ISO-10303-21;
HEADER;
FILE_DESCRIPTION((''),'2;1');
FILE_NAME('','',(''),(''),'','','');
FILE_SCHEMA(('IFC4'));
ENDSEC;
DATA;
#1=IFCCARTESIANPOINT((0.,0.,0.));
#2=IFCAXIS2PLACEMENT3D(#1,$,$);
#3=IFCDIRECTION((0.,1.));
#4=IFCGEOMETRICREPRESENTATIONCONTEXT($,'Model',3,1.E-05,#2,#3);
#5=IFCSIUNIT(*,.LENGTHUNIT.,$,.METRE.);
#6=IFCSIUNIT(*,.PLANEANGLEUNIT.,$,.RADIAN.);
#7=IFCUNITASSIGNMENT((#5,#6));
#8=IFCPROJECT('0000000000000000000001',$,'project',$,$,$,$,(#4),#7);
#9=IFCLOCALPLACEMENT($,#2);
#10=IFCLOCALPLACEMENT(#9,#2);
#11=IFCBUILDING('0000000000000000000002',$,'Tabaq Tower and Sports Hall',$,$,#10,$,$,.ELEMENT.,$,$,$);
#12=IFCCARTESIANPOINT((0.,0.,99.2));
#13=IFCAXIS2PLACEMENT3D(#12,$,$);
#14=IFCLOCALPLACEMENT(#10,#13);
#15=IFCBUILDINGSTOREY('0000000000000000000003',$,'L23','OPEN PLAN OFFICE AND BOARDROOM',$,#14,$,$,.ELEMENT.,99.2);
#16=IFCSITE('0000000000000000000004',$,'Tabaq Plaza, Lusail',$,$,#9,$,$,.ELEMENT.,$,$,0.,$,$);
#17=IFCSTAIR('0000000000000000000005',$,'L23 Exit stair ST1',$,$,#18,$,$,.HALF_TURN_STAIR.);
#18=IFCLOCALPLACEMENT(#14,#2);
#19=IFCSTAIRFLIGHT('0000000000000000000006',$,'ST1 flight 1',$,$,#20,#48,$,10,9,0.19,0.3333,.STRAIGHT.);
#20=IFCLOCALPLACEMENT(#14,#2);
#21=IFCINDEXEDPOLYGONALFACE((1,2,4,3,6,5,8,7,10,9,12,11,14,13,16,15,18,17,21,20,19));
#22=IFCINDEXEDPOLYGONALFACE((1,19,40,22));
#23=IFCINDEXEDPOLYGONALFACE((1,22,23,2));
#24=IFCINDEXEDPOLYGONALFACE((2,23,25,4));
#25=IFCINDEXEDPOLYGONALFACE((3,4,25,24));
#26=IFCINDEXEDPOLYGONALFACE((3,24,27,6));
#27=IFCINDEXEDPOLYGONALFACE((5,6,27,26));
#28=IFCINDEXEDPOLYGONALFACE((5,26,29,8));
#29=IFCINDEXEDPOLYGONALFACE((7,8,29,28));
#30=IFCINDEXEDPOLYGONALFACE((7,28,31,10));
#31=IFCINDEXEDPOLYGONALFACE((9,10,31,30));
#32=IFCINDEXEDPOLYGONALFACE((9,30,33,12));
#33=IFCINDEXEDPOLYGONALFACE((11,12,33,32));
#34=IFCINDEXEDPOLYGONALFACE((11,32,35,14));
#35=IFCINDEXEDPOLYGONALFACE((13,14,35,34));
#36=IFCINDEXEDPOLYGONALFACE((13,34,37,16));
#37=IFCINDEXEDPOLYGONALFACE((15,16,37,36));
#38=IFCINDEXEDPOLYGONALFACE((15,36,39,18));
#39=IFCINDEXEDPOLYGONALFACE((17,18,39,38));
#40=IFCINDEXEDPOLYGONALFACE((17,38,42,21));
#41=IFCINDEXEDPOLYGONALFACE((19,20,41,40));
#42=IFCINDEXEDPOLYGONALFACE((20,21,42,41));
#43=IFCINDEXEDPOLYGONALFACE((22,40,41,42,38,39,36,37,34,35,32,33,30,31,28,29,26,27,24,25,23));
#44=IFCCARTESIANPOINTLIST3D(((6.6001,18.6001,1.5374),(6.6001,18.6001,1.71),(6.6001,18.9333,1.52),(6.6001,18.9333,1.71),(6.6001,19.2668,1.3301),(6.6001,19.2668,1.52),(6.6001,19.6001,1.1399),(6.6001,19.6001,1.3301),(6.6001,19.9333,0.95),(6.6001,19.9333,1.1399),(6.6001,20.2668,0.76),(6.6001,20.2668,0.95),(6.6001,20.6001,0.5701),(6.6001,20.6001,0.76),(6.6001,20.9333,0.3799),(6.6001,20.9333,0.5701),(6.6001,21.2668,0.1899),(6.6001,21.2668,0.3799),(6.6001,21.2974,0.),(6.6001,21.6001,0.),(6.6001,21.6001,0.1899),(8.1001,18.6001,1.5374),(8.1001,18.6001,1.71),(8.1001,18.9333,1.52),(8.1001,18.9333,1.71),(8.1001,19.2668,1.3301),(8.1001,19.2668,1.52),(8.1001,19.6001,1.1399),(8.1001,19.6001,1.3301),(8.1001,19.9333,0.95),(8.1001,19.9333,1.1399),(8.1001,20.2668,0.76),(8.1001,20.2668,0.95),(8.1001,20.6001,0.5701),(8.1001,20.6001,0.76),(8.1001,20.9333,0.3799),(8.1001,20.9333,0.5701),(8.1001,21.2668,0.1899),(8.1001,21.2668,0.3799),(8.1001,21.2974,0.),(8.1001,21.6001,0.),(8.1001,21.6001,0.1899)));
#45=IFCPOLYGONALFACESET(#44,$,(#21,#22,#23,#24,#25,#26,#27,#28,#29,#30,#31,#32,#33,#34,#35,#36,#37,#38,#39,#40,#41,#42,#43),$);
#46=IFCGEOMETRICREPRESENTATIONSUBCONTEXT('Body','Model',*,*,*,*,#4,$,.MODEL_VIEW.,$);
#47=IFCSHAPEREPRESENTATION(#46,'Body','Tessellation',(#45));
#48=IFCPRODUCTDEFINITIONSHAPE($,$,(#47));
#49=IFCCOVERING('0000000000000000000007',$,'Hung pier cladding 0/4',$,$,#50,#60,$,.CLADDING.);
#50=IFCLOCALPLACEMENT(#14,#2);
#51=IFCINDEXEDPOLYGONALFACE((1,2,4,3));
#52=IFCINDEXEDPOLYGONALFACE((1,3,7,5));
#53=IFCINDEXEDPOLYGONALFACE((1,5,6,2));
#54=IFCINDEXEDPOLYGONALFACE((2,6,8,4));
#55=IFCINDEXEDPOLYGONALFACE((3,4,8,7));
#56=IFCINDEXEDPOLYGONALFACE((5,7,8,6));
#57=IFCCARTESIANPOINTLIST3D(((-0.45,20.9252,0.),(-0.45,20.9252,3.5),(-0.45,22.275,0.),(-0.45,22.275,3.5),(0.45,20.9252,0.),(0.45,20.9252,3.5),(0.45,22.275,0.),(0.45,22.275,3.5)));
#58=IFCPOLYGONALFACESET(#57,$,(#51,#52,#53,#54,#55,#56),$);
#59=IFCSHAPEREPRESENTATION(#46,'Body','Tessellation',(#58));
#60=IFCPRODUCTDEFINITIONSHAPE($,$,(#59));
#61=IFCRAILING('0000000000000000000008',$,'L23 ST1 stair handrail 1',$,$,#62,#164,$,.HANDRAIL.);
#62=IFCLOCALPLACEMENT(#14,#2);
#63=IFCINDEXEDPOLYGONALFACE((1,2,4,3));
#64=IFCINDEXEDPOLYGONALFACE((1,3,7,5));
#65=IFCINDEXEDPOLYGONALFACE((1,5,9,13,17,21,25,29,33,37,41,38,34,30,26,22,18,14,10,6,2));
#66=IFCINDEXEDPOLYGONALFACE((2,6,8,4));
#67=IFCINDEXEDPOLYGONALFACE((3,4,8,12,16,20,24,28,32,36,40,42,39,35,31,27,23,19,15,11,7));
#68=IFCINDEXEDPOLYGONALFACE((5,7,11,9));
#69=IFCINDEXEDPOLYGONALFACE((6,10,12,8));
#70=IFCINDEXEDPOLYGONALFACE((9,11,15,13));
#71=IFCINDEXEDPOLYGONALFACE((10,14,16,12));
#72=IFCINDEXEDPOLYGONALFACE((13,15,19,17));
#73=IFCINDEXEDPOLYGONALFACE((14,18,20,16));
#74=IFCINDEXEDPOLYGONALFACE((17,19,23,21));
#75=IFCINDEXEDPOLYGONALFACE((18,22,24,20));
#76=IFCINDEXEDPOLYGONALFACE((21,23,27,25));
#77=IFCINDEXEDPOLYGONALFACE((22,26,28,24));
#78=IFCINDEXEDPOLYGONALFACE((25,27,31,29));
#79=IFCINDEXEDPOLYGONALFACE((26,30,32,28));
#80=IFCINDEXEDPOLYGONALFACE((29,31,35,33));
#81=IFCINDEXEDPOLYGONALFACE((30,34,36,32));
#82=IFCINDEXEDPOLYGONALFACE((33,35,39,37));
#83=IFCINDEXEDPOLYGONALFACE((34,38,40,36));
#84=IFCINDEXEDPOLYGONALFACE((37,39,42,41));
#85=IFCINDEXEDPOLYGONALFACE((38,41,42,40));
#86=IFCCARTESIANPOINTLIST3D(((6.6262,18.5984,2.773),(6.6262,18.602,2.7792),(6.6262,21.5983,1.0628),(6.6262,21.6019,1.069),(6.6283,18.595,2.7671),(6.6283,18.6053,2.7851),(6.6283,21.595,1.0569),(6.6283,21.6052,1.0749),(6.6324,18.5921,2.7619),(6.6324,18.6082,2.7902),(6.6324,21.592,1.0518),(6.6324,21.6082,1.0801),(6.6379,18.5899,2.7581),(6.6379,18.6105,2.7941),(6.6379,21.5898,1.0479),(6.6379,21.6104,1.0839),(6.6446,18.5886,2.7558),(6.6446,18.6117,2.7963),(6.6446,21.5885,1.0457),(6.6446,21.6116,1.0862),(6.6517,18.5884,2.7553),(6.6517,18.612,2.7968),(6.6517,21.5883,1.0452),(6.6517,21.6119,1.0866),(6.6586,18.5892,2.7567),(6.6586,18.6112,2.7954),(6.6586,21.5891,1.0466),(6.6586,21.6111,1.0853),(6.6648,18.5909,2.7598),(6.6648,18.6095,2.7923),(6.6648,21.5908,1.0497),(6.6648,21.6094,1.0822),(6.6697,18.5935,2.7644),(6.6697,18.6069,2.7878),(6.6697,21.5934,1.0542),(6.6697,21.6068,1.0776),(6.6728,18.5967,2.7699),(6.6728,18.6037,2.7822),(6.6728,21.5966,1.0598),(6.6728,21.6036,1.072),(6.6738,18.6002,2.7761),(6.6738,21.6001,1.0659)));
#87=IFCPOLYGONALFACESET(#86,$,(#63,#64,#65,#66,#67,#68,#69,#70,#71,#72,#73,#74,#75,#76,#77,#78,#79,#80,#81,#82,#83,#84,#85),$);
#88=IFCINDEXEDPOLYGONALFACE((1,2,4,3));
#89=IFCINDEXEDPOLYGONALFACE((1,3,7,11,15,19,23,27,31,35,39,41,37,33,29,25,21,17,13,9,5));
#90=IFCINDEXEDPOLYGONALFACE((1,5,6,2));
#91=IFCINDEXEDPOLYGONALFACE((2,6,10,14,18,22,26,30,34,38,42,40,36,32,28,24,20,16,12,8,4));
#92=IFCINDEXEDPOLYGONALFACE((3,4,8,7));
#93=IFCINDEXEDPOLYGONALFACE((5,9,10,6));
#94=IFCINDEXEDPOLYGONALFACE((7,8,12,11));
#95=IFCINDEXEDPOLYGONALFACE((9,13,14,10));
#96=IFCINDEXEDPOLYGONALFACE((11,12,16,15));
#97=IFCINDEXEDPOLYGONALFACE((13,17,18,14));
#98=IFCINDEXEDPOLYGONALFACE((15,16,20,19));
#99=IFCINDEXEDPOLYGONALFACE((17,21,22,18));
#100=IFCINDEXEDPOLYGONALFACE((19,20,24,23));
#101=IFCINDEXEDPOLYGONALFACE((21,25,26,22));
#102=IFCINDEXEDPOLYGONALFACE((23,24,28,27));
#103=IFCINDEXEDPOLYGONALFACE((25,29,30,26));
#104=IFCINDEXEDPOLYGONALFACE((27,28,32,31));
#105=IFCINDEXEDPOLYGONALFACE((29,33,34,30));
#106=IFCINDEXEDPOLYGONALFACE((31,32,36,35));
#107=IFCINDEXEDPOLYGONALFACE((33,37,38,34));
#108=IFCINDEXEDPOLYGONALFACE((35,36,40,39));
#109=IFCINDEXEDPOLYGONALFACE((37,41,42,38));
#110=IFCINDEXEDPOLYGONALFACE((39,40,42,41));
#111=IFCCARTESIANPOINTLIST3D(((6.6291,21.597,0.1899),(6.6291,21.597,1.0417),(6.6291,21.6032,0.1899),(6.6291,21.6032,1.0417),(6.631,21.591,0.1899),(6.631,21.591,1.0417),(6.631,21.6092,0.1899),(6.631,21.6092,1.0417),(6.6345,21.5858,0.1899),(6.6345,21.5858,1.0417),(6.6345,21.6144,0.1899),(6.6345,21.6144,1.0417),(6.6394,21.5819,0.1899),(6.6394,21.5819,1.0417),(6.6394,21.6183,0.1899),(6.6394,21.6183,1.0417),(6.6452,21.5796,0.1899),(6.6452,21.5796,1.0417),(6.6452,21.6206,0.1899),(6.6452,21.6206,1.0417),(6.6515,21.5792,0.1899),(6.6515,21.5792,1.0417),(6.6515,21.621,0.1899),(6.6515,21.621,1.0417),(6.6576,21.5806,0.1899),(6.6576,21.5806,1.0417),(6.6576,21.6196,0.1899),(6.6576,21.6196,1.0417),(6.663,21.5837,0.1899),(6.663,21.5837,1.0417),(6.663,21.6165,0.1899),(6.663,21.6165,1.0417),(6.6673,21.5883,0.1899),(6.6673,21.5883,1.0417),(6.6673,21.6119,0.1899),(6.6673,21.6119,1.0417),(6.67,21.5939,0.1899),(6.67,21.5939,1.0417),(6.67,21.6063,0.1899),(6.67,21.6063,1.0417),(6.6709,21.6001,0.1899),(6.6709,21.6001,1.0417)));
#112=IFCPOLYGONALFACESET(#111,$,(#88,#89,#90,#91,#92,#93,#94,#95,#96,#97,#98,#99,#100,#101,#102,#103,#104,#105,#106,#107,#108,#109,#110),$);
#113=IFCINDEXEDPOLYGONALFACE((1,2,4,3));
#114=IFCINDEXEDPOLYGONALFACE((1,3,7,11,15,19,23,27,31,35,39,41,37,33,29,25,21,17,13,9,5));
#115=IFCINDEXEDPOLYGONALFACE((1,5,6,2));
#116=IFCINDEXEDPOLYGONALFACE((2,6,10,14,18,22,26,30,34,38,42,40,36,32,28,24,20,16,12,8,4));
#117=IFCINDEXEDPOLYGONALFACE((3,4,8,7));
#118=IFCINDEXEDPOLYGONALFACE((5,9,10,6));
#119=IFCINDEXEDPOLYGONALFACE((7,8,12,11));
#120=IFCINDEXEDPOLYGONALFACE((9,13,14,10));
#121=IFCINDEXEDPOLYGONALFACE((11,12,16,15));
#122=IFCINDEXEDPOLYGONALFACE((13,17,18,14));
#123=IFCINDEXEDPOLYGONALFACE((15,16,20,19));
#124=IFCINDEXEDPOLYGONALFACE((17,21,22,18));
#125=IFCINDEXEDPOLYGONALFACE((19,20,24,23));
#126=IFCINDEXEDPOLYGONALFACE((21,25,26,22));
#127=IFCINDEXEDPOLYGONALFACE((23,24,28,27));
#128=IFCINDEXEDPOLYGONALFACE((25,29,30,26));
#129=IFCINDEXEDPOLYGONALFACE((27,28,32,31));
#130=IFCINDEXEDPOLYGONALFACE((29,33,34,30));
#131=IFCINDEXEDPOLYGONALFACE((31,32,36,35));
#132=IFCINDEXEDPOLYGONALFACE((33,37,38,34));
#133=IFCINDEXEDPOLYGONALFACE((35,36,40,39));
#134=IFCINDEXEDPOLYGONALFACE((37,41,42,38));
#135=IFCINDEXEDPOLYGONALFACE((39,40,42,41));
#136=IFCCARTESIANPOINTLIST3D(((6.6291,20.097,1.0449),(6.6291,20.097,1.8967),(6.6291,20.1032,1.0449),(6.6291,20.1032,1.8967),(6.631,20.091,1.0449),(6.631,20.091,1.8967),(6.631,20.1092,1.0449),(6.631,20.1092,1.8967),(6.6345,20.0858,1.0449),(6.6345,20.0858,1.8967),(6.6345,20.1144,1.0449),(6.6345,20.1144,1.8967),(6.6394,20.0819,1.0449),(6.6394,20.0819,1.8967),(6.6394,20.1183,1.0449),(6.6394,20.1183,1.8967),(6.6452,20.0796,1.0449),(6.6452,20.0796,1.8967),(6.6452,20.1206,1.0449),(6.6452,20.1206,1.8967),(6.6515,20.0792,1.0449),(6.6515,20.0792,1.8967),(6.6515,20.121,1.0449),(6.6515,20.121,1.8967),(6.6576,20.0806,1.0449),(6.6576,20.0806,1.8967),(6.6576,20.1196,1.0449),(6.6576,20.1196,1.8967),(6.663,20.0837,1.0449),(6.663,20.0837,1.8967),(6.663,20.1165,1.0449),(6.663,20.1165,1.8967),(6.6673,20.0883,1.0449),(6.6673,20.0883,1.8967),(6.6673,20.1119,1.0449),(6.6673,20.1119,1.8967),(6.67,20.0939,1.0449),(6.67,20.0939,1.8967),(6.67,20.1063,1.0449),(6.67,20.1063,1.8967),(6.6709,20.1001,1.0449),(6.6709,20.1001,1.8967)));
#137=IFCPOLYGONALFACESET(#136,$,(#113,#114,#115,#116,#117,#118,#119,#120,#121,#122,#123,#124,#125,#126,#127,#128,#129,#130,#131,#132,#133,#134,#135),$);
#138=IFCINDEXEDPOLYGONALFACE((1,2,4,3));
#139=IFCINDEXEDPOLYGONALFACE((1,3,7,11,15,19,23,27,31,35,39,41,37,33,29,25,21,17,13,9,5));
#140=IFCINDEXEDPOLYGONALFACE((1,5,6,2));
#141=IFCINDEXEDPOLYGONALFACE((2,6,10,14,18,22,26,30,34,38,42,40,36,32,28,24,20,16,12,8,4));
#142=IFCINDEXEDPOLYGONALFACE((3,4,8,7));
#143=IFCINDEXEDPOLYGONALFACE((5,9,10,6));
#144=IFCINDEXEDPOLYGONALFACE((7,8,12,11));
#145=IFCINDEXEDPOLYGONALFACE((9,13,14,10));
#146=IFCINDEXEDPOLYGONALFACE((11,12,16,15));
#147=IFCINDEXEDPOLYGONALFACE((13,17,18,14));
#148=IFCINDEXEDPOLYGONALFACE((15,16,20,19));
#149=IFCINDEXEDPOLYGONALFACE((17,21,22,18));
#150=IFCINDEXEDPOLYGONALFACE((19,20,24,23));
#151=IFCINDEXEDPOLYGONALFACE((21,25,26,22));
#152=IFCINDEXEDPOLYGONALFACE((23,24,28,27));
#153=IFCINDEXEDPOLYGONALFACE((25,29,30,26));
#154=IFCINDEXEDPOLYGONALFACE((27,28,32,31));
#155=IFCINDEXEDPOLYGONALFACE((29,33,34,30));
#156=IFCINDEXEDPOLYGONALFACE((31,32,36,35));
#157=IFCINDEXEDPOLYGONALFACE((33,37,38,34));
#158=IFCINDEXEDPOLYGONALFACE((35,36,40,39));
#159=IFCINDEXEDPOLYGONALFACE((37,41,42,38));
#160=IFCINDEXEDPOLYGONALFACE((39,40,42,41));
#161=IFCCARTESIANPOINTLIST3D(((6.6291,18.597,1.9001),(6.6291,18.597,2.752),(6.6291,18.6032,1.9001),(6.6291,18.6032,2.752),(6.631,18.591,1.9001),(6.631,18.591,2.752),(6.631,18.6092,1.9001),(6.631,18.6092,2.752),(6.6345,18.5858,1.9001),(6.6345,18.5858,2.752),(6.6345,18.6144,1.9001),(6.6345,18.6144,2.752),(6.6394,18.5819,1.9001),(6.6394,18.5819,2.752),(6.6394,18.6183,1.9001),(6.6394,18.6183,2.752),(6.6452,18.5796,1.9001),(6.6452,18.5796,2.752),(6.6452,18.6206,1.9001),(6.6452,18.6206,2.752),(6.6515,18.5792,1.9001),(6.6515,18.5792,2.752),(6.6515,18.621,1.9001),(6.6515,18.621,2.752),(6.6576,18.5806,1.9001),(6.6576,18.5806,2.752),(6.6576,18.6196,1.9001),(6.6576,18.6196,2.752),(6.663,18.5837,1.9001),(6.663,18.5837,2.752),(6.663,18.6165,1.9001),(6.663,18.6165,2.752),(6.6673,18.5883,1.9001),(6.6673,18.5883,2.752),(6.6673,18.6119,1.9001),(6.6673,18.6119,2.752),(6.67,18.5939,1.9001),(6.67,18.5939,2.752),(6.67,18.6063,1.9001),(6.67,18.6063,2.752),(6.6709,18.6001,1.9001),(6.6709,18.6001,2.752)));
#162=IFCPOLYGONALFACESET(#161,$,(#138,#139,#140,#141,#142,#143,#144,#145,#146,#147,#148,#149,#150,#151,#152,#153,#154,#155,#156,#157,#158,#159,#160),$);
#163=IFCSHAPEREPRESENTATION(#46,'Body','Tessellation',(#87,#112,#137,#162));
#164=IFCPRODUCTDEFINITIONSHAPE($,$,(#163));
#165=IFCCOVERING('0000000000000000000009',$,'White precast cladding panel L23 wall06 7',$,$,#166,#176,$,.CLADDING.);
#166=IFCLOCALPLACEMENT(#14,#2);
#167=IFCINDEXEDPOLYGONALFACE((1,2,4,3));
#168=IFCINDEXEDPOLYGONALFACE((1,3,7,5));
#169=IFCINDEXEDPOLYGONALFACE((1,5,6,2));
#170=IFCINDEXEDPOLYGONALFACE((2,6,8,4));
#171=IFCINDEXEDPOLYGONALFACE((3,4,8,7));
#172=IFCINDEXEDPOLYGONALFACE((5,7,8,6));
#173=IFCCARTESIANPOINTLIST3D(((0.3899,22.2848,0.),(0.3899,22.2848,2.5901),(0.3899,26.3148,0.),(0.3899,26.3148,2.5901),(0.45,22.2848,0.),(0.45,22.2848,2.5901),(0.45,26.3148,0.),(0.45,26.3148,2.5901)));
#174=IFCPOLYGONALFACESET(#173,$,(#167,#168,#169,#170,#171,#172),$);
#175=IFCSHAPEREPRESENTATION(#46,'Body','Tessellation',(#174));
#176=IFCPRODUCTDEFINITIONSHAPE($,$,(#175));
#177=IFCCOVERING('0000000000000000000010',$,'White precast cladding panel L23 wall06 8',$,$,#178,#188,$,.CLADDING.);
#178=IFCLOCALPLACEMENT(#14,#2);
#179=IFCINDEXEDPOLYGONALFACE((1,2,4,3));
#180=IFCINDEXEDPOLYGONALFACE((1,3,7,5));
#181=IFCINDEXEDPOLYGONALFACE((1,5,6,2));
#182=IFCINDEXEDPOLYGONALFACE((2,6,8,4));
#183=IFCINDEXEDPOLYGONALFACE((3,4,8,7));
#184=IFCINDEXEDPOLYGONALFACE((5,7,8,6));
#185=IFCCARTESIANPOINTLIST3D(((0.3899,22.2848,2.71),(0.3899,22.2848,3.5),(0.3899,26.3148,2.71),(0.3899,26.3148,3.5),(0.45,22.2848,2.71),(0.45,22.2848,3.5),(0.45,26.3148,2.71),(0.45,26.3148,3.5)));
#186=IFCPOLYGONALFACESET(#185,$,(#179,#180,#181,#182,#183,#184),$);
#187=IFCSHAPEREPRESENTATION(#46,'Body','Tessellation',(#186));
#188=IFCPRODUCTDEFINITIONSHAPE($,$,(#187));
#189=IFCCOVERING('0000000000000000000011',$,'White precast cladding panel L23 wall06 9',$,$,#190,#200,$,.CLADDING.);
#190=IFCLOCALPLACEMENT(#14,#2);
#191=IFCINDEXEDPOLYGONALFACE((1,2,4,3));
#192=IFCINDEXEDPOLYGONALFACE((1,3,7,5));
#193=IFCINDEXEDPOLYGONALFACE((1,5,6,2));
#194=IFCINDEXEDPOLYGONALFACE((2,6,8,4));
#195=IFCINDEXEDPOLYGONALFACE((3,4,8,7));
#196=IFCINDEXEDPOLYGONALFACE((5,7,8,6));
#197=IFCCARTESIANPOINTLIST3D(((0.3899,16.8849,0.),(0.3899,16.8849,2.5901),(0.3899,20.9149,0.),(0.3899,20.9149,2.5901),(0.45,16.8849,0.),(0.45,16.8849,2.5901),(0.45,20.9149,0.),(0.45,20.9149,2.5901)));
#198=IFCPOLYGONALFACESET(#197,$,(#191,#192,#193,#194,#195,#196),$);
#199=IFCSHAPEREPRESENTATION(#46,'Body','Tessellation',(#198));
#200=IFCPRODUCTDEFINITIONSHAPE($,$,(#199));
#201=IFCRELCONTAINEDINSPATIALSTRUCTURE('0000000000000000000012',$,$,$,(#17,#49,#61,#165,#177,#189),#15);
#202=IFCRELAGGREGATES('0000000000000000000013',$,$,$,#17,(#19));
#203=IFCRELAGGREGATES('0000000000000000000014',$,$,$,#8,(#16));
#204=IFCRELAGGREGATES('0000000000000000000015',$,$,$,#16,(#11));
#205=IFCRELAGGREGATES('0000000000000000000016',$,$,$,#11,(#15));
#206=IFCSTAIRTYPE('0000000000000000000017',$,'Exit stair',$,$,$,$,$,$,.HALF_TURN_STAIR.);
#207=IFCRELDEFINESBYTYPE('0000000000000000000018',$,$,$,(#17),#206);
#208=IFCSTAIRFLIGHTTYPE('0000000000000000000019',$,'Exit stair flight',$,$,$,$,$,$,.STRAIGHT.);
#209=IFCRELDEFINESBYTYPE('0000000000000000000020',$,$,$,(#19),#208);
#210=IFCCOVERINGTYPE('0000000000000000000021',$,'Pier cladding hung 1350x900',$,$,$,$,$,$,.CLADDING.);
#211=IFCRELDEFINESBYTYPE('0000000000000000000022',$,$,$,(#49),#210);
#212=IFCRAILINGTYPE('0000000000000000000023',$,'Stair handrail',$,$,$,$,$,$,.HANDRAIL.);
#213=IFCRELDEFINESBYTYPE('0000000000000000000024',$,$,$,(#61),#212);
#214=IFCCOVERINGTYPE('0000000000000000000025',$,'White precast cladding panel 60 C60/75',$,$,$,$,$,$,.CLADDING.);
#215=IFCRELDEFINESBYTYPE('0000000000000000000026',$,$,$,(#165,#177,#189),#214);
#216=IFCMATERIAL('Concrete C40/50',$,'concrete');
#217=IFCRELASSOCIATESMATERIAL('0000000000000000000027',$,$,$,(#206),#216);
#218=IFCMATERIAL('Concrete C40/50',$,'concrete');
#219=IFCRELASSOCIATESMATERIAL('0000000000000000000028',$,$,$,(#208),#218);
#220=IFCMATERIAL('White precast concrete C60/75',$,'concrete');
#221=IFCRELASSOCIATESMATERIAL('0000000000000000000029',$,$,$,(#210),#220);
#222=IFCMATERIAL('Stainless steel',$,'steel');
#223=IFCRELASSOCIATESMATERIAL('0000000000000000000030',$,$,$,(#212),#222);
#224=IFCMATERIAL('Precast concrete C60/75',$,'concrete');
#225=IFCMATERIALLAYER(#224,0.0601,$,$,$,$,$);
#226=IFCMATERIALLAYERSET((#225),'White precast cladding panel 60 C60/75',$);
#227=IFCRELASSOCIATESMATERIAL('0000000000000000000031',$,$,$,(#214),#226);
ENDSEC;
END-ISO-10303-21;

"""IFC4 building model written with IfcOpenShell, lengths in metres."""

from ifc_helpers import new_model, si_unit, direction, frame, frame_2d, origin, origin_2d, place, context, subcontext, project, spatial, polyline, rectangle, circle, outline, extrude, material, layer, layer_set, type_object, element, aggregate, save


model = new_model("IFC4")

# Units and contexts
model_context = context("Model", 3, precision=1e-05, world=origin(), true_north=direction((0.0, 1.0)))
body_context = subcontext(model_context, "Body", "Model", "MODEL_VIEW")
ifc_project = project(units=[si_unit("LENGTHUNIT", "METRE"), si_unit("PLANEANGLEUNIT", "RADIAN")], contexts=[model_context])

# Site, building, storey
site_placement = place(None, origin())
site = spatial("IfcSite", under=ifc_project, at=site_placement, Name="Tabaq Plaza, Lusail", CompositionType="ELEMENT", RefElevation=0.0)
building_placement = place(site_placement, origin())
building = spatial("IfcBuilding", under=site, at=building_placement, Name="Tabaq Tower and Sports Hall", CompositionType="ELEMENT")
storey_placement = place(building_placement, frame((0.0, 0.0, 99.2)))
storey = spatial("IfcBuildingStorey", under=building, at=storey_placement, Name="L23", Description="OPEN PLAN OFFICE AND BOARDROOM", CompositionType="ELEMENT", Elevation=99.2)

# Stair, stair flight
ifc_material_1 = material(Name="Concrete C40/50", Category="concrete")
stair_type = type_object("IfcStairType", Name="Exit stair", PredefinedType="HALF_TURN_STAIR", material=ifc_material_1)
stair_placement = place(storey_placement, origin())
stair = element("IfcStair", 1, at=stair_placement, inside=storey, type_object=stair_type, Name="L23 Exit stair ST1", PredefinedType="HALF_TURN_STAIR")
ifc_material_2 = material(Name="Concrete C40/50", Category="concrete")
stair_flight_type = type_object("IfcStairFlightType", Name="Exit stair flight", PredefinedType="STRAIGHT", material=ifc_material_2)
stair_flight_placement = place(storey_placement, frame((7.3501, 21.6001, 0.0), z_axis=(0.0, 0.0, 1.0), x_axis=(0.0, -1.0, 0.0)))
stair_flight = element("IfcStairFlight", 2, at=stair_flight_placement, type_object=stair_flight_type, Name="ST1 flight 1", NumberOfRisers=10, NumberOfTreads=9, PredefinedType="STRAIGHT", RiserHeight=0.19, TreadLength=0.3333, context=body_context, shape_type="SweptSolid", body=[
    extrude(outline(polyline([(0.0, 0.0), (0.0, 0.1899), (0.3333, 0.1899), (0.3333, 0.3799), (0.6667, 0.3799), (0.6667, 0.5701), (1.0, 0.5701), (1.0, 0.76), (1.3333, 0.76), (1.3333, 0.95), (1.6667, 0.95), (1.6667, 1.1399), (2.0, 1.1399), (2.0, 1.3301), (2.3333, 1.3301), (2.3333, 1.52), (2.6667, 1.52), (2.6667, 1.71), (3.0, 1.71), (3.0, 1.8999), (3.0, 1.5374), (0.3027, 0.0), (0.0, 0.0)])), frame((0.0, 0.75, 0.0), z_axis=(0.0, -1.0, 0.0), x_axis=(1.0, 0.0, 0.0)), (0.0, 0.0, 1.0), 1.5),
])
aggregate(stair, [stair_flight])

# Covering
ifc_material_3 = material(Name="White precast concrete C60/75", Category="concrete")
covering_type_1 = type_object("IfcCoveringType", Name="Pier cladding hung 1350x900", PredefinedType="CLADDING", material=ifc_material_3)
covering_1_placement = place(storey_placement, frame((0.0, 22.2749, 0.0), z_axis=(0.0, 0.0, 1.0), x_axis=(0.0, -1.0, 0.0)))
element("IfcCovering", 3, at=covering_1_placement, inside=storey, type_object=covering_type_1, Name="Hung pier cladding 0/4", PredefinedType="CLADDING", context=body_context, shape_type="SweptSolid", body=[
    extrude(rectangle(XDim=1.3499, YDim=0.8999, at=frame_2d((0.6748, 0.0))), origin(), (0.0, 0.0, 1.0), 3.5),
])

# Railing
ifc_material_4 = material(Name="Stainless steel", Category="steel")
railing_type_1 = type_object("IfcRailingType", Name="Stair handrail", PredefinedType="HANDRAIL", material=ifc_material_4)
railing_1_placement = place(storey_placement, frame((6.6499, 21.6001, 0.1899)))
element("IfcRailing", 4, at=railing_1_placement, inside=storey, type_object=railing_type_1, Name="L23 ST1 stair handrail 1", PredefinedType="HANDRAIL", context=body_context, shape_type="SweptSolid", body=[
    extrude(circle(Radius=0.0239, at=origin_2d()), frame((0.0, 0.0, 0.876), z_axis=(0.0, -0.868752, 0.495248), x_axis=(1.0, 0.0, 0.0)), (0.0, 0.0, 1.0), 3.4531),
    extrude(circle(Radius=0.021, at=origin_2d()), origin(), (0.0, 0.0, 1.0), 0.8518),
    extrude(circle(Radius=0.021, at=origin_2d()), frame((0.0, -1.5, 0.855)), (0.0, 0.0, 1.0), 0.8518),
    extrude(circle(Radius=0.021, at=origin_2d()), frame((0.0, -3.0, 1.7102)), (0.0, 0.0, 1.0), 0.8518),
])

# Coverings
ifc_material_5 = material(Name="Precast concrete C60/75", Category="concrete")
ifc_layer_1 = layer(ifc_material_5, 0.0601)
ifc_layer_set_1 = layer_set([ifc_layer_1], Name="White precast cladding panel 60 C60/75")
covering_type_2 = type_object("IfcCoveringType", Name="White precast cladding panel 60 C60/75", PredefinedType="CLADDING", material=ifc_layer_set_1)
covering_2_placement = place(storey_placement, frame((0.4199, 26.3149, 0.0), z_axis=(0.0, 0.0, 1.0), x_axis=(0.0, -1.0, 0.0)))
element("IfcCovering", 5, at=covering_2_placement, inside=storey, type_object=covering_type_2, Name="White precast cladding panel L23 wall06 7", PredefinedType="CLADDING", context=body_context, shape_type="SweptSolid", body=[
    extrude(rectangle(XDim=4.03, YDim=0.0601, at=frame_2d((2.0151, 0.0))), origin(), (0.0, 0.0, 1.0), 2.5901),
])
covering_3_placement = place(storey_placement, frame((0.4199, 26.3149, 2.71), z_axis=(0.0, 0.0, 1.0), x_axis=(0.0, -1.0, 0.0)))
element("IfcCovering", 6, at=covering_3_placement, inside=storey, type_object=covering_type_2, Name="White precast cladding panel L23 wall06 8", PredefinedType="CLADDING", context=body_context, shape_type="SweptSolid", body=[
    extrude(rectangle(XDim=4.03, YDim=0.0601, at=frame_2d((2.0151, 0.0))), origin(), (0.0, 0.0, 1.0), 0.79),
])
covering_4_placement = place(storey_placement, frame((0.4199, 20.915, 0.0), z_axis=(0.0, 0.0, 1.0), x_axis=(0.0, -1.0, 0.0)))
element("IfcCovering", 7, at=covering_4_placement, inside=storey, type_object=covering_type_2, Name="White precast cladding panel L23 wall06 9", PredefinedType="CLADDING", context=body_context, shape_type="SweptSolid", body=[
    extrude(rectangle(XDim=4.03, YDim=0.0601, at=frame_2d((2.0151, 0.0))), origin(), (0.0, 0.0, 1.0), 2.5901),
])

save(model, "model.ifc")
